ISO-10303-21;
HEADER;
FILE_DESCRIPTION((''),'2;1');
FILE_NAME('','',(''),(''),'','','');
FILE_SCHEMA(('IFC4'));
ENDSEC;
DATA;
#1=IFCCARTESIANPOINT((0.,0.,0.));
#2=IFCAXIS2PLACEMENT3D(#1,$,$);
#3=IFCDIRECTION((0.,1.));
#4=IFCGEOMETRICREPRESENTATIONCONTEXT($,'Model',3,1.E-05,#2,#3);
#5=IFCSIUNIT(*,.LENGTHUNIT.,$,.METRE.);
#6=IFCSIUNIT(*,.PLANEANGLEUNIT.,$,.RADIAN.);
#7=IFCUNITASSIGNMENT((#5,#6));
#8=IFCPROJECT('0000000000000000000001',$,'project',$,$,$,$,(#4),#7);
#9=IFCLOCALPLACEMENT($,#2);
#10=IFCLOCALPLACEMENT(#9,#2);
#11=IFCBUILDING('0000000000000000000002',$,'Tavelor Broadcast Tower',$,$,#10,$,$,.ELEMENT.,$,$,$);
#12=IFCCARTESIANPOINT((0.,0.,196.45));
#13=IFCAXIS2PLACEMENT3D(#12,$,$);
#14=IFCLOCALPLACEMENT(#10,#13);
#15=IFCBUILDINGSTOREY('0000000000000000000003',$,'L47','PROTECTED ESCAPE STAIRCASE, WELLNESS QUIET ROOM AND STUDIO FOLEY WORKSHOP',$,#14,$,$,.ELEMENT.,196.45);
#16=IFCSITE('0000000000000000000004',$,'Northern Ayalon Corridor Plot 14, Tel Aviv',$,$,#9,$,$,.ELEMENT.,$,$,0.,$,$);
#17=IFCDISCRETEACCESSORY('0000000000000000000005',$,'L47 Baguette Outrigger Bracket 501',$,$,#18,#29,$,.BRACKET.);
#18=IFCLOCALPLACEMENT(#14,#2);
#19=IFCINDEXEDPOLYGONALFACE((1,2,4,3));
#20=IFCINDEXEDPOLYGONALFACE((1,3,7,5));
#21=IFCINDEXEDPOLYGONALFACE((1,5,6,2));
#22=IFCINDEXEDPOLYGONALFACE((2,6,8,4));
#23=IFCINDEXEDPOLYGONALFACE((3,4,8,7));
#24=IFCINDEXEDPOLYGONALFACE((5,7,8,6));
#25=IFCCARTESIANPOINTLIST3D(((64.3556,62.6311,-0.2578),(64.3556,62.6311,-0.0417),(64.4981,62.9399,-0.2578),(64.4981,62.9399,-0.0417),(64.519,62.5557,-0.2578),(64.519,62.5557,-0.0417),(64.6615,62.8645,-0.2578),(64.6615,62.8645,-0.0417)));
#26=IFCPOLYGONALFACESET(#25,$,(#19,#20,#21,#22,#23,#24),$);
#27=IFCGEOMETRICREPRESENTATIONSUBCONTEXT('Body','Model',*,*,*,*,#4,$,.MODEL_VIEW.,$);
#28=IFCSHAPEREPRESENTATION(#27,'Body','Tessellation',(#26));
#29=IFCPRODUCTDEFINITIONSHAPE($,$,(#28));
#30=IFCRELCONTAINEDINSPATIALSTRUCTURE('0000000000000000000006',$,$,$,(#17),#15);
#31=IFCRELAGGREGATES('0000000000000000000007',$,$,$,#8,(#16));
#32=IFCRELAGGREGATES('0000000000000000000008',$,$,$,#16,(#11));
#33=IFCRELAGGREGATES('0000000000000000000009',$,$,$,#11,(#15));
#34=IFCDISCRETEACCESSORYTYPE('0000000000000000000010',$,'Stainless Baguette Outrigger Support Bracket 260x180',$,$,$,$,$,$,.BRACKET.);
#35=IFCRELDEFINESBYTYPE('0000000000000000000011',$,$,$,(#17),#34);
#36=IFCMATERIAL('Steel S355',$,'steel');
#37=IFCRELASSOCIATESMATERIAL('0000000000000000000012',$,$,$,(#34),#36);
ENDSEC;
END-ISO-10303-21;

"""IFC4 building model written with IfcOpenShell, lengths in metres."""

from ifc_helpers import new_model, si_unit, direction, frame, origin, origin_2d, place, context, subcontext, project, spatial, rectangle, extrude, source, transform, mapped, material, type_object, type_shapes, element, save


model = new_model("IFC4")

# Units and contexts
model_context = context("Model", 3, precision=1e-05, world=origin(), true_north=direction((0.0, 1.0)))
body_context = subcontext(model_context, "Body", "Model", "MODEL_VIEW")
ifc_project = project(units=[si_unit("LENGTHUNIT", "METRE"), si_unit("PLANEANGLEUNIT", "RADIAN")], contexts=[model_context])

# Site, building, storey
site_placement = place(None, origin())
site = spatial("IfcSite", under=ifc_project, at=site_placement, Name="Northern Ayalon Corridor Plot 14, Tel Aviv", CompositionType="ELEMENT", RefElevation=0.0)
building_placement = place(site_placement, origin())
building = spatial("IfcBuilding", under=site, at=building_placement, Name="Tavelor Broadcast Tower", CompositionType="ELEMENT")
storey_placement = place(building_placement, frame((0.0, 0.0, 196.45)))
storey = spatial("IfcBuildingStorey", under=building, at=storey_placement, Name="L47", Description="PROTECTED ESCAPE STAIRCASE, WELLNESS QUIET ROOM AND STUDIO FOLEY WORKSHOP", CompositionType="ELEMENT", Elevation=196.45)

# Shared definitions
ifc_material_1 = material(Name="Steel S355", Category="steel")

# Discrete accessory
discrete_accessory_type = type_object("IfcDiscreteAccessoryType", Name="Stainless Baguette Outrigger Support Bracket 260x180", PredefinedType="BRACKET", material=ifc_material_1)
shared_shape_1 = source(origin(), body_context, "Body", "SweptSolid", [
    extrude(rectangle(XDim=0.1799, YDim=0.3401, at=origin_2d()), origin(), (0.0, 0.0, 1.0), 0.2161),
])
type_shapes(discrete_accessory_type, [shared_shape_1])
discrete_accessory_placement = place(storey_placement, frame((64.5085, 62.7478, -0.2578), z_axis=(0.0, 0.0, 1.0), x_axis=(-0.907997, 0.418977, 0.0)))
element("IfcDiscreteAccessory", 1, at=discrete_accessory_placement, inside=storey, type_object=discrete_accessory_type, Name="L47 Baguette Outrigger Bracket 501", PredefinedType="BRACKET", context=body_context, shape_type="MappedRepresentation", body=[
    mapped(shared_shape_1, transform((0.0, 0.0, 0.0), scale=1.0)),
])

save(model, "model.ifc")
